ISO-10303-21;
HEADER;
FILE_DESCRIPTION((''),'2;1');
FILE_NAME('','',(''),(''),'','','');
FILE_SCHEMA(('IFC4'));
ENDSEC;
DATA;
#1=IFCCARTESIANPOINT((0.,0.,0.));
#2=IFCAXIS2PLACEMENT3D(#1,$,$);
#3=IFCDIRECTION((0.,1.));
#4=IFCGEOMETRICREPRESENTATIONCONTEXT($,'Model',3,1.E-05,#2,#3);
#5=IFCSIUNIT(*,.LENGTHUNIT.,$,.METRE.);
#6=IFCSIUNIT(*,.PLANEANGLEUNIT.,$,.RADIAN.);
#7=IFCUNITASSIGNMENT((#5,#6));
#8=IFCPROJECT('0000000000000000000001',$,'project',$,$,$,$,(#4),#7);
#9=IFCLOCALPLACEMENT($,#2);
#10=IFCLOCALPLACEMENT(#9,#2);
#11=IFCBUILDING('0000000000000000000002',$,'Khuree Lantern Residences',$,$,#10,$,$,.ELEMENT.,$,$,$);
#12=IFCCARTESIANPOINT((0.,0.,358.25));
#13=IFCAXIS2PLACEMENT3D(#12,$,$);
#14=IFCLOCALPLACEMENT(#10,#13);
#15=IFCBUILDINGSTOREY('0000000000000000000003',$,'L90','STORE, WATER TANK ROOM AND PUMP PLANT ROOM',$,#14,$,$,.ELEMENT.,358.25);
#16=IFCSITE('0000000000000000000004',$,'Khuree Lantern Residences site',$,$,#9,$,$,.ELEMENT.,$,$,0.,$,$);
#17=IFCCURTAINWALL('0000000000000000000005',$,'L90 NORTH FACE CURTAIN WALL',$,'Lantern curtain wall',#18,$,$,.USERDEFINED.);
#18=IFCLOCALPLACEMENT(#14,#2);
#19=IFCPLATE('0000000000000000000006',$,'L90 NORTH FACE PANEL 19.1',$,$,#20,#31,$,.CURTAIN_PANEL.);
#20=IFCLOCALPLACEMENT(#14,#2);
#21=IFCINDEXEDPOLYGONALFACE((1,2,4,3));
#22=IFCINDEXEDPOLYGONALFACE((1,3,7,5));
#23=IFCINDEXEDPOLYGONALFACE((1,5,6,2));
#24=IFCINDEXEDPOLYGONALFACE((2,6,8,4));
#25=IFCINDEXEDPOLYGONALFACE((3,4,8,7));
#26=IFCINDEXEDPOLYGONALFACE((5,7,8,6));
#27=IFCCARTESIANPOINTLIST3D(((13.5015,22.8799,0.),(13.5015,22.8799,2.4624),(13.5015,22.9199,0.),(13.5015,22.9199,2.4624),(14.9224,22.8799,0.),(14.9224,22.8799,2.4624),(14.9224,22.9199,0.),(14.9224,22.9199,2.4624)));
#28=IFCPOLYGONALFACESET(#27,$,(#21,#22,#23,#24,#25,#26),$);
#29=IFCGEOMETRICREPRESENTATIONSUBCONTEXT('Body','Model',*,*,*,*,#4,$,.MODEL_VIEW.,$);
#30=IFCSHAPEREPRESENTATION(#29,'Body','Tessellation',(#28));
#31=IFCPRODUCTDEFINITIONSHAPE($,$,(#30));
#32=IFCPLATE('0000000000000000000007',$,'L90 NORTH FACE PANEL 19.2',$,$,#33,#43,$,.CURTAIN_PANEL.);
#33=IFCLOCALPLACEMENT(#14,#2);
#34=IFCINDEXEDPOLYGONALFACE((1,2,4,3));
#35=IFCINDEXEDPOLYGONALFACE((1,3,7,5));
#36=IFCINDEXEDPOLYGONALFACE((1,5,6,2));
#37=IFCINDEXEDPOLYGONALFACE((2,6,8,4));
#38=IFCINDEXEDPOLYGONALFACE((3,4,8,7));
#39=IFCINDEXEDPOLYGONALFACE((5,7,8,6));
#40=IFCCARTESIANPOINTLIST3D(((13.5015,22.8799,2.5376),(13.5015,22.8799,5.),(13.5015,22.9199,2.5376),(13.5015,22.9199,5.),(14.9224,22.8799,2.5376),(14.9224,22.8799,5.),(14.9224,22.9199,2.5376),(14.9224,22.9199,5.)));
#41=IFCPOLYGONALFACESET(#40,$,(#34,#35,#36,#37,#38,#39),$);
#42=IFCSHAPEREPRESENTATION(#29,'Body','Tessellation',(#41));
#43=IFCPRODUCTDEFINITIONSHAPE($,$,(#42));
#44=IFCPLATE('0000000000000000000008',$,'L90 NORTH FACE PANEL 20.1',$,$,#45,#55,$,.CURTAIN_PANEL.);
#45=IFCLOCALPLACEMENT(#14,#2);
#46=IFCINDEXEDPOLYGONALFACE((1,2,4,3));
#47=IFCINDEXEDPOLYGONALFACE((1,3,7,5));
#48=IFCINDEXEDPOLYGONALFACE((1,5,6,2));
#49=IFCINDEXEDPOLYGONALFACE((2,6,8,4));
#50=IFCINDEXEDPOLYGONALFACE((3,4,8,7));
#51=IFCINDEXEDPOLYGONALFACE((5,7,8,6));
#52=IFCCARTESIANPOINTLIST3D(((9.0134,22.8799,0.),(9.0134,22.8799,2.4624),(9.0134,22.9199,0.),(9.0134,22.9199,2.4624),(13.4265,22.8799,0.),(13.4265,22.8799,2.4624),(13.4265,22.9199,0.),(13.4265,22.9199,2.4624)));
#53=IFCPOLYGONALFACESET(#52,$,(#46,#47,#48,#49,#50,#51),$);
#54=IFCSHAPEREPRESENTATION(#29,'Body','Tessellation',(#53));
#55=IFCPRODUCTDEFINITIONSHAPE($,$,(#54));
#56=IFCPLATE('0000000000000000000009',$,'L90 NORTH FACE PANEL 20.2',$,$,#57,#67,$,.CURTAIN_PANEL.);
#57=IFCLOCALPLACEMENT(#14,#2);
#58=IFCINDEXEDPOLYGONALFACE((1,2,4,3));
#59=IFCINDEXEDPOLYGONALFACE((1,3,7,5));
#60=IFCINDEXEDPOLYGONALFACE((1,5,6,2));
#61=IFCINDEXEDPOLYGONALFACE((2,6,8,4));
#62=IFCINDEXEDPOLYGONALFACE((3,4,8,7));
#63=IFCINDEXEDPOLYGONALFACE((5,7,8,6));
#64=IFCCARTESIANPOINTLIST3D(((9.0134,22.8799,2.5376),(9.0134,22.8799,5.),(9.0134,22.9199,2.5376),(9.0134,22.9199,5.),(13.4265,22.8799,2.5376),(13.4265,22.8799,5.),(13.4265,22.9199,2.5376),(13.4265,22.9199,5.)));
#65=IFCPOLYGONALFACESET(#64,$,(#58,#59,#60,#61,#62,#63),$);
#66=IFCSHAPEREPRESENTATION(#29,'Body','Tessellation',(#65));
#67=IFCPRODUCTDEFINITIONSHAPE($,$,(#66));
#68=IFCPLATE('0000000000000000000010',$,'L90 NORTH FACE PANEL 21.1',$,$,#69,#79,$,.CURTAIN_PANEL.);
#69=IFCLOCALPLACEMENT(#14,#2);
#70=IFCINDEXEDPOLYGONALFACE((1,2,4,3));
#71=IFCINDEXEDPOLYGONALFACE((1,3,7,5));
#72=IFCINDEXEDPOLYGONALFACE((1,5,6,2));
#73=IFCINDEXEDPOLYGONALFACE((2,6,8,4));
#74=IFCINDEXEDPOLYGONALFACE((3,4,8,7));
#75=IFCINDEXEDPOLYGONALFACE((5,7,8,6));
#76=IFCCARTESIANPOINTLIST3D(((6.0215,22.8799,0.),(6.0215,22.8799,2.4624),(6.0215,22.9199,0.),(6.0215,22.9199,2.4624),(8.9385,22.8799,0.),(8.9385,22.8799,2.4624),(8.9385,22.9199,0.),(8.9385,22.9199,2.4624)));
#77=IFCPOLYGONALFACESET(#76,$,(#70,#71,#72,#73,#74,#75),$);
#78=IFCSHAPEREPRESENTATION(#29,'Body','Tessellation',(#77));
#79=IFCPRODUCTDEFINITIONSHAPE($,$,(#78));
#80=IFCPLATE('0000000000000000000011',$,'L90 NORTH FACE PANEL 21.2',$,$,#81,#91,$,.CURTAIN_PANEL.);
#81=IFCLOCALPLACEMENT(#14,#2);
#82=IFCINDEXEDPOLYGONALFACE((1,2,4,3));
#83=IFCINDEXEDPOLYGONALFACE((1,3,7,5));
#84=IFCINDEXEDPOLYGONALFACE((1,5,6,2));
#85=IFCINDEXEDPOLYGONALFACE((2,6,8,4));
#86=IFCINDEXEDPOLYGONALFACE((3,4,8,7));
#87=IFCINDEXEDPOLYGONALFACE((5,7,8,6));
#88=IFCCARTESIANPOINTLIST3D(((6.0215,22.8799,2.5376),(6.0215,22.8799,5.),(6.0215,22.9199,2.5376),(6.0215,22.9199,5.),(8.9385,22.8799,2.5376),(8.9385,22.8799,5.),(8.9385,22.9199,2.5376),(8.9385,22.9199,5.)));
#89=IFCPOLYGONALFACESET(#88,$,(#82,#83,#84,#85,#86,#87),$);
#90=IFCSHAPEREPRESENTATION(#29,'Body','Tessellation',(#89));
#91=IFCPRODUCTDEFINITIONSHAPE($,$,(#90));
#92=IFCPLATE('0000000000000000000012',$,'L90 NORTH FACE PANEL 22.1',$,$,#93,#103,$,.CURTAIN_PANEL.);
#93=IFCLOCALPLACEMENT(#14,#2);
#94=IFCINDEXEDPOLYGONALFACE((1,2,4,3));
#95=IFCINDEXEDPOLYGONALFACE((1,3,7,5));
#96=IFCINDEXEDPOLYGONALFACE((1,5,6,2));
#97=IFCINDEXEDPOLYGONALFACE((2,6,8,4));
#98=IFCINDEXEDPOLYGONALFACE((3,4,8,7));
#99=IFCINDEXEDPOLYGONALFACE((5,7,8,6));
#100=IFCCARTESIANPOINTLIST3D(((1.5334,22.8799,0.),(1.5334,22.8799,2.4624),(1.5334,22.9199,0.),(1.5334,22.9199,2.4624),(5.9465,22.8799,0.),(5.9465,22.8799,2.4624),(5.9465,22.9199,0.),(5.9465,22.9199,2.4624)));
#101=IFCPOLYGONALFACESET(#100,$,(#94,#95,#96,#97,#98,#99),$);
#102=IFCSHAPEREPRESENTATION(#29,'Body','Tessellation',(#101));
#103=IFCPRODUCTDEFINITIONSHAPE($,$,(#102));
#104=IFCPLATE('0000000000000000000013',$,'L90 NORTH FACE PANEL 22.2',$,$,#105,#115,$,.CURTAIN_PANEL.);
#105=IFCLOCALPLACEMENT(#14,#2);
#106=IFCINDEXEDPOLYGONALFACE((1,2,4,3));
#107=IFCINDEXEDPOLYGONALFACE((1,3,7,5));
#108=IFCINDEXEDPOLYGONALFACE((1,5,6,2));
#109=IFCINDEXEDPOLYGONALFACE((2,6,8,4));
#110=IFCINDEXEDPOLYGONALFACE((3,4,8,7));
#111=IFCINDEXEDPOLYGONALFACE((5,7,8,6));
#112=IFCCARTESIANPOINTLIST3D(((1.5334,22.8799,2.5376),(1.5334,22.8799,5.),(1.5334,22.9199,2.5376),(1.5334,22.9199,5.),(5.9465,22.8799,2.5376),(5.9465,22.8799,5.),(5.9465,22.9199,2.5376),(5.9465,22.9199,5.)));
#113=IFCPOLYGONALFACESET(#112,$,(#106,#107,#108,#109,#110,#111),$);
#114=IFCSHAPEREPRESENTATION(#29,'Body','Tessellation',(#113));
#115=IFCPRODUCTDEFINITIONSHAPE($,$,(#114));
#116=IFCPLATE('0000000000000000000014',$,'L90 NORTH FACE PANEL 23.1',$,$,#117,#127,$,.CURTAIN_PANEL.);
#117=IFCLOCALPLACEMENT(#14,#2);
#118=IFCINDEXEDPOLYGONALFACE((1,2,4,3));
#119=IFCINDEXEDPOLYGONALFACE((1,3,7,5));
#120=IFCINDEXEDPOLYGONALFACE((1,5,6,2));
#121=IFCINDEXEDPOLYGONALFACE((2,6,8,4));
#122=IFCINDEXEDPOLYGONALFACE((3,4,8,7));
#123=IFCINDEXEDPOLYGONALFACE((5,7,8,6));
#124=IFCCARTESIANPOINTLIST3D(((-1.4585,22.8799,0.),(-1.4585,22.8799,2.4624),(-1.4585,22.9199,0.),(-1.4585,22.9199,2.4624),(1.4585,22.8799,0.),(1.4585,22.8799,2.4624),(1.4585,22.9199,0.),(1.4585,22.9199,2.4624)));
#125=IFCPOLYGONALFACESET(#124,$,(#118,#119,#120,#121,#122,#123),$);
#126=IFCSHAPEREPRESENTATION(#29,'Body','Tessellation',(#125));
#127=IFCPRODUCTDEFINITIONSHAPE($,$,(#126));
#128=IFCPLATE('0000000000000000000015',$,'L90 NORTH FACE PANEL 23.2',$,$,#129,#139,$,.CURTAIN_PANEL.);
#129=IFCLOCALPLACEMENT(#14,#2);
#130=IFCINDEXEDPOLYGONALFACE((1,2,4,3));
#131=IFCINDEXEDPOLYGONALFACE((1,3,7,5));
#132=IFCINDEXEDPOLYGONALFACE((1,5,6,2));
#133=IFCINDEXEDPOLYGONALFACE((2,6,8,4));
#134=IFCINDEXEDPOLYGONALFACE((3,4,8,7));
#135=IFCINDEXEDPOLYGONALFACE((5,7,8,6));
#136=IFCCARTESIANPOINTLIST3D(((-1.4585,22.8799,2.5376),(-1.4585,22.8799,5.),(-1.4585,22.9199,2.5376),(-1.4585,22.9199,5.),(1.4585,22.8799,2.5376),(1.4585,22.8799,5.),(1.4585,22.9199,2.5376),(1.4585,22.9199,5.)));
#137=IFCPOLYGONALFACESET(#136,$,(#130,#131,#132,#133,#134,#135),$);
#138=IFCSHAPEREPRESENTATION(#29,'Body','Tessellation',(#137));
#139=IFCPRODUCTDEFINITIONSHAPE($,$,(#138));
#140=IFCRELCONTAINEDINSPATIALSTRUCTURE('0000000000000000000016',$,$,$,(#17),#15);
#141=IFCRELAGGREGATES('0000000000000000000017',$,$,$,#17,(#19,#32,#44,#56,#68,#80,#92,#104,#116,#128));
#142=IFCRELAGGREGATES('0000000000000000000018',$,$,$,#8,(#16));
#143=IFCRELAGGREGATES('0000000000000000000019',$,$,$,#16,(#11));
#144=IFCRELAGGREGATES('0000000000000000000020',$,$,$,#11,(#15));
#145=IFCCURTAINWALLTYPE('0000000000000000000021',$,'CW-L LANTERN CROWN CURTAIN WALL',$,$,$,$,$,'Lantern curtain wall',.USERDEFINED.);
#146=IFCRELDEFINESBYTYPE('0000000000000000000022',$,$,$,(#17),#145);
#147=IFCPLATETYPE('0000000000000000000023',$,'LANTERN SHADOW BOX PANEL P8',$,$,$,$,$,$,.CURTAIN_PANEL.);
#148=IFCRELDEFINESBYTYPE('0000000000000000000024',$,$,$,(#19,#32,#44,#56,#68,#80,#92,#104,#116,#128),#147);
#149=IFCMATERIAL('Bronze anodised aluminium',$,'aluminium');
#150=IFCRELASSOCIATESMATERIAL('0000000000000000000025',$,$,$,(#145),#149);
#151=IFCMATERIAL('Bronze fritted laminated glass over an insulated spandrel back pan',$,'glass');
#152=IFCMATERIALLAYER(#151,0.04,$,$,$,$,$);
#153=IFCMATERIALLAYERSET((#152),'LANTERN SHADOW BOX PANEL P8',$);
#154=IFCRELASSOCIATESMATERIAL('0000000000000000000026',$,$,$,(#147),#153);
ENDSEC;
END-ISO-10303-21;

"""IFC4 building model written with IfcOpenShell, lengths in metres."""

from ifc_helpers import new_model, si_unit, direction, frame, origin, origin_2d, place, context, subcontext, project, spatial, rectangle, extrude, material, layer, layer_set, type_object, element, aggregate, save


model = new_model("IFC4")

# Units and contexts
model_context = context("Model", 3, precision=1e-05, world=origin(), true_north=direction((0.0, 1.0)))
body_context = subcontext(model_context, "Body", "Model", "MODEL_VIEW")
ifc_project = project(units=[si_unit("LENGTHUNIT", "METRE"), si_unit("PLANEANGLEUNIT", "RADIAN")], contexts=[model_context])

# Site, building, storey
site_placement = place(None, origin())
site = spatial("IfcSite", under=ifc_project, at=site_placement, Name="Khuree Lantern Residences site", CompositionType="ELEMENT", RefElevation=0.0)
building_placement = place(site_placement, origin())
building = spatial("IfcBuilding", under=site, at=building_placement, Name="Khuree Lantern Residences", CompositionType="ELEMENT")
storey_placement = place(building_placement, frame((0.0, 0.0, 358.25)))
storey = spatial("IfcBuildingStorey", under=building, at=storey_placement, Name="L90", Description="STORE, WATER TANK ROOM AND PUMP PLANT ROOM", CompositionType="ELEMENT", Elevation=358.25)

# Curtain wall
ifc_material_1 = material(Name="Bronze anodised aluminium", Category="aluminium")
curtain_wall_type = type_object("IfcCurtainWallType", Name="CW-L LANTERN CROWN CURTAIN WALL", ElementType="Lantern curtain wall", PredefinedType="USERDEFINED", material=ifc_material_1)
curtain_wall_1_placement = place(storey_placement, origin())
curtain_wall_1 = element("IfcCurtainWall", 1, at=curtain_wall_1_placement, inside=storey, type_object=curtain_wall_type, Name="L90 NORTH FACE CURTAIN WALL", ObjectType="Lantern curtain wall", PredefinedType="USERDEFINED")

# Shared definitions
ifc_material_2 = material(Name="Bronze fritted laminated glass over an insulated spandrel back pan", Category="glass")
ifc_layer = layer(ifc_material_2, 0.04)
ifc_layer_set = layer_set([ifc_layer], Name="LANTERN SHADOW BOX PANEL P8")
plate_type = type_object("IfcPlateType", Name="LANTERN SHADOW BOX PANEL P8", PredefinedType="CURTAIN_PANEL", material=ifc_layer_set)

# Plates
plate_1_placement = place(storey_placement, frame((14.2119, 22.8999, 0.0), z_axis=(0.0, 0.0, 1.0), x_axis=(-1.0, 0.0, 0.0)))
plate_1 = element("IfcPlate", 2, at=plate_1_placement, type_object=plate_type, Name="L90 NORTH FACE PANEL 19.1", PredefinedType="CURTAIN_PANEL", context=body_context, shape_type="SweptSolid", body=[
    extrude(rectangle(XDim=1.4209, YDim=0.04, at=origin_2d()), origin(), (0.0, 0.0, 1.0), 2.4624),
])
plate_2_placement = place(storey_placement, frame((14.2119, 22.8999, 2.5376), z_axis=(0.0, 0.0, 1.0), x_axis=(-1.0, 0.0, 0.0)))
plate_2 = element("IfcPlate", 3, at=plate_2_placement, type_object=plate_type, Name="L90 NORTH FACE PANEL 19.2", PredefinedType="CURTAIN_PANEL", context=body_context, shape_type="SweptSolid", body=[
    extrude(rectangle(XDim=1.4209, YDim=0.04, at=origin_2d()), origin(), (0.0, 0.0, 1.0), 2.4624),
])
plate_3_placement = place(storey_placement, frame((11.22, 22.8999, 0.0), z_axis=(0.0, 0.0, 1.0), x_axis=(-1.0, 0.0, 0.0)))
plate_3 = element("IfcPlate", 4, at=plate_3_placement, type_object=plate_type, Name="L90 NORTH FACE PANEL 20.1", PredefinedType="CURTAIN_PANEL", context=body_context, shape_type="SweptSolid", body=[
    extrude(rectangle(XDim=4.4131, YDim=0.04, at=origin_2d()), origin(), (0.0, 0.0, 1.0), 2.4624),
])
plate_4_placement = place(storey_placement, frame((11.22, 22.8999, 2.5376), z_axis=(0.0, 0.0, 1.0), x_axis=(-1.0, 0.0, 0.0)))
plate_4 = element("IfcPlate", 5, at=plate_4_placement, type_object=plate_type, Name="L90 NORTH FACE PANEL 20.2", PredefinedType="CURTAIN_PANEL", context=body_context, shape_type="SweptSolid", body=[
    extrude(rectangle(XDim=4.4131, YDim=0.04, at=origin_2d()), origin(), (0.0, 0.0, 1.0), 2.4624),
])
plate_5_placement = place(storey_placement, frame((7.48, 22.8999, 0.0), z_axis=(0.0, 0.0, 1.0), x_axis=(-1.0, 0.0, 0.0)))
plate_5 = element("IfcPlate", 6, at=plate_5_placement, type_object=plate_type, Name="L90 NORTH FACE PANEL 21.1", PredefinedType="CURTAIN_PANEL", context=body_context, shape_type="SweptSolid", body=[
    extrude(rectangle(XDim=2.917, YDim=0.04, at=origin_2d()), origin(), (0.0, 0.0, 1.0), 2.4624),
])
plate_6_placement = place(storey_placement, frame((7.48, 22.8999, 2.5376), z_axis=(0.0, 0.0, 1.0), x_axis=(-1.0, 0.0, 0.0)))
plate_6 = element("IfcPlate", 7, at=plate_6_placement, type_object=plate_type, Name="L90 NORTH FACE PANEL 21.2", PredefinedType="CURTAIN_PANEL", context=body_context, shape_type="SweptSolid", body=[
    extrude(rectangle(XDim=2.917, YDim=0.04, at=origin_2d()), origin(), (0.0, 0.0, 1.0), 2.4624),
])
plate_7_placement = place(storey_placement, frame((3.74, 22.8999, 0.0), z_axis=(0.0, 0.0, 1.0), x_axis=(-1.0, 0.0, 0.0)))
plate_7 = element("IfcPlate", 8, at=plate_7_placement, type_object=plate_type, Name="L90 NORTH FACE PANEL 22.1", PredefinedType="CURTAIN_PANEL", context=body_context, shape_type="SweptSolid", body=[
    extrude(rectangle(XDim=4.4131, YDim=0.04, at=origin_2d()), origin(), (0.0, 0.0, 1.0), 2.4624),
])
plate_8_placement = place(storey_placement, frame((3.74, 22.8999, 2.5376), z_axis=(0.0, 0.0, 1.0), x_axis=(-1.0, 0.0, 0.0)))
plate_8 = element("IfcPlate", 9, at=plate_8_placement, type_object=plate_type, Name="L90 NORTH FACE PANEL 22.2", PredefinedType="CURTAIN_PANEL", context=body_context, shape_type="SweptSolid", body=[
    extrude(rectangle(XDim=4.4131, YDim=0.04, at=origin_2d()), origin(), (0.0, 0.0, 1.0), 2.4624),
])
plate_9_placement = place(storey_placement, frame((0.0, 22.8999, 0.0), z_axis=(0.0, 0.0, 1.0), x_axis=(-1.0, 0.0, 0.0)))
plate_9 = element("IfcPlate", 10, at=plate_9_placement, type_object=plate_type, Name="L90 NORTH FACE PANEL 23.1", PredefinedType="CURTAIN_PANEL", context=body_context, shape_type="SweptSolid", body=[
    extrude(rectangle(XDim=2.917, YDim=0.04, at=origin_2d()), origin(), (0.0, 0.0, 1.0), 2.4624),
])
plate_10_placement = place(storey_placement, frame((0.0, 22.8999, 2.5376), z_axis=(0.0, 0.0, 1.0), x_axis=(-1.0, 0.0, 0.0)))
plate_10 = element("IfcPlate", 11, at=plate_10_placement, type_object=plate_type, Name="L90 NORTH FACE PANEL 23.2", PredefinedType="CURTAIN_PANEL", context=body_context, shape_type="SweptSolid", body=[
    extrude(rectangle(XDim=2.917, YDim=0.04, at=origin_2d()), origin(), (0.0, 0.0, 1.0), 2.4624),
])
aggregate(curtain_wall_1, [plate_1, plate_2, plate_3, plate_4, plate_5, plate_6, plate_7, plate_8, plate_9, plate_10])

save(model, "model.ifc")
